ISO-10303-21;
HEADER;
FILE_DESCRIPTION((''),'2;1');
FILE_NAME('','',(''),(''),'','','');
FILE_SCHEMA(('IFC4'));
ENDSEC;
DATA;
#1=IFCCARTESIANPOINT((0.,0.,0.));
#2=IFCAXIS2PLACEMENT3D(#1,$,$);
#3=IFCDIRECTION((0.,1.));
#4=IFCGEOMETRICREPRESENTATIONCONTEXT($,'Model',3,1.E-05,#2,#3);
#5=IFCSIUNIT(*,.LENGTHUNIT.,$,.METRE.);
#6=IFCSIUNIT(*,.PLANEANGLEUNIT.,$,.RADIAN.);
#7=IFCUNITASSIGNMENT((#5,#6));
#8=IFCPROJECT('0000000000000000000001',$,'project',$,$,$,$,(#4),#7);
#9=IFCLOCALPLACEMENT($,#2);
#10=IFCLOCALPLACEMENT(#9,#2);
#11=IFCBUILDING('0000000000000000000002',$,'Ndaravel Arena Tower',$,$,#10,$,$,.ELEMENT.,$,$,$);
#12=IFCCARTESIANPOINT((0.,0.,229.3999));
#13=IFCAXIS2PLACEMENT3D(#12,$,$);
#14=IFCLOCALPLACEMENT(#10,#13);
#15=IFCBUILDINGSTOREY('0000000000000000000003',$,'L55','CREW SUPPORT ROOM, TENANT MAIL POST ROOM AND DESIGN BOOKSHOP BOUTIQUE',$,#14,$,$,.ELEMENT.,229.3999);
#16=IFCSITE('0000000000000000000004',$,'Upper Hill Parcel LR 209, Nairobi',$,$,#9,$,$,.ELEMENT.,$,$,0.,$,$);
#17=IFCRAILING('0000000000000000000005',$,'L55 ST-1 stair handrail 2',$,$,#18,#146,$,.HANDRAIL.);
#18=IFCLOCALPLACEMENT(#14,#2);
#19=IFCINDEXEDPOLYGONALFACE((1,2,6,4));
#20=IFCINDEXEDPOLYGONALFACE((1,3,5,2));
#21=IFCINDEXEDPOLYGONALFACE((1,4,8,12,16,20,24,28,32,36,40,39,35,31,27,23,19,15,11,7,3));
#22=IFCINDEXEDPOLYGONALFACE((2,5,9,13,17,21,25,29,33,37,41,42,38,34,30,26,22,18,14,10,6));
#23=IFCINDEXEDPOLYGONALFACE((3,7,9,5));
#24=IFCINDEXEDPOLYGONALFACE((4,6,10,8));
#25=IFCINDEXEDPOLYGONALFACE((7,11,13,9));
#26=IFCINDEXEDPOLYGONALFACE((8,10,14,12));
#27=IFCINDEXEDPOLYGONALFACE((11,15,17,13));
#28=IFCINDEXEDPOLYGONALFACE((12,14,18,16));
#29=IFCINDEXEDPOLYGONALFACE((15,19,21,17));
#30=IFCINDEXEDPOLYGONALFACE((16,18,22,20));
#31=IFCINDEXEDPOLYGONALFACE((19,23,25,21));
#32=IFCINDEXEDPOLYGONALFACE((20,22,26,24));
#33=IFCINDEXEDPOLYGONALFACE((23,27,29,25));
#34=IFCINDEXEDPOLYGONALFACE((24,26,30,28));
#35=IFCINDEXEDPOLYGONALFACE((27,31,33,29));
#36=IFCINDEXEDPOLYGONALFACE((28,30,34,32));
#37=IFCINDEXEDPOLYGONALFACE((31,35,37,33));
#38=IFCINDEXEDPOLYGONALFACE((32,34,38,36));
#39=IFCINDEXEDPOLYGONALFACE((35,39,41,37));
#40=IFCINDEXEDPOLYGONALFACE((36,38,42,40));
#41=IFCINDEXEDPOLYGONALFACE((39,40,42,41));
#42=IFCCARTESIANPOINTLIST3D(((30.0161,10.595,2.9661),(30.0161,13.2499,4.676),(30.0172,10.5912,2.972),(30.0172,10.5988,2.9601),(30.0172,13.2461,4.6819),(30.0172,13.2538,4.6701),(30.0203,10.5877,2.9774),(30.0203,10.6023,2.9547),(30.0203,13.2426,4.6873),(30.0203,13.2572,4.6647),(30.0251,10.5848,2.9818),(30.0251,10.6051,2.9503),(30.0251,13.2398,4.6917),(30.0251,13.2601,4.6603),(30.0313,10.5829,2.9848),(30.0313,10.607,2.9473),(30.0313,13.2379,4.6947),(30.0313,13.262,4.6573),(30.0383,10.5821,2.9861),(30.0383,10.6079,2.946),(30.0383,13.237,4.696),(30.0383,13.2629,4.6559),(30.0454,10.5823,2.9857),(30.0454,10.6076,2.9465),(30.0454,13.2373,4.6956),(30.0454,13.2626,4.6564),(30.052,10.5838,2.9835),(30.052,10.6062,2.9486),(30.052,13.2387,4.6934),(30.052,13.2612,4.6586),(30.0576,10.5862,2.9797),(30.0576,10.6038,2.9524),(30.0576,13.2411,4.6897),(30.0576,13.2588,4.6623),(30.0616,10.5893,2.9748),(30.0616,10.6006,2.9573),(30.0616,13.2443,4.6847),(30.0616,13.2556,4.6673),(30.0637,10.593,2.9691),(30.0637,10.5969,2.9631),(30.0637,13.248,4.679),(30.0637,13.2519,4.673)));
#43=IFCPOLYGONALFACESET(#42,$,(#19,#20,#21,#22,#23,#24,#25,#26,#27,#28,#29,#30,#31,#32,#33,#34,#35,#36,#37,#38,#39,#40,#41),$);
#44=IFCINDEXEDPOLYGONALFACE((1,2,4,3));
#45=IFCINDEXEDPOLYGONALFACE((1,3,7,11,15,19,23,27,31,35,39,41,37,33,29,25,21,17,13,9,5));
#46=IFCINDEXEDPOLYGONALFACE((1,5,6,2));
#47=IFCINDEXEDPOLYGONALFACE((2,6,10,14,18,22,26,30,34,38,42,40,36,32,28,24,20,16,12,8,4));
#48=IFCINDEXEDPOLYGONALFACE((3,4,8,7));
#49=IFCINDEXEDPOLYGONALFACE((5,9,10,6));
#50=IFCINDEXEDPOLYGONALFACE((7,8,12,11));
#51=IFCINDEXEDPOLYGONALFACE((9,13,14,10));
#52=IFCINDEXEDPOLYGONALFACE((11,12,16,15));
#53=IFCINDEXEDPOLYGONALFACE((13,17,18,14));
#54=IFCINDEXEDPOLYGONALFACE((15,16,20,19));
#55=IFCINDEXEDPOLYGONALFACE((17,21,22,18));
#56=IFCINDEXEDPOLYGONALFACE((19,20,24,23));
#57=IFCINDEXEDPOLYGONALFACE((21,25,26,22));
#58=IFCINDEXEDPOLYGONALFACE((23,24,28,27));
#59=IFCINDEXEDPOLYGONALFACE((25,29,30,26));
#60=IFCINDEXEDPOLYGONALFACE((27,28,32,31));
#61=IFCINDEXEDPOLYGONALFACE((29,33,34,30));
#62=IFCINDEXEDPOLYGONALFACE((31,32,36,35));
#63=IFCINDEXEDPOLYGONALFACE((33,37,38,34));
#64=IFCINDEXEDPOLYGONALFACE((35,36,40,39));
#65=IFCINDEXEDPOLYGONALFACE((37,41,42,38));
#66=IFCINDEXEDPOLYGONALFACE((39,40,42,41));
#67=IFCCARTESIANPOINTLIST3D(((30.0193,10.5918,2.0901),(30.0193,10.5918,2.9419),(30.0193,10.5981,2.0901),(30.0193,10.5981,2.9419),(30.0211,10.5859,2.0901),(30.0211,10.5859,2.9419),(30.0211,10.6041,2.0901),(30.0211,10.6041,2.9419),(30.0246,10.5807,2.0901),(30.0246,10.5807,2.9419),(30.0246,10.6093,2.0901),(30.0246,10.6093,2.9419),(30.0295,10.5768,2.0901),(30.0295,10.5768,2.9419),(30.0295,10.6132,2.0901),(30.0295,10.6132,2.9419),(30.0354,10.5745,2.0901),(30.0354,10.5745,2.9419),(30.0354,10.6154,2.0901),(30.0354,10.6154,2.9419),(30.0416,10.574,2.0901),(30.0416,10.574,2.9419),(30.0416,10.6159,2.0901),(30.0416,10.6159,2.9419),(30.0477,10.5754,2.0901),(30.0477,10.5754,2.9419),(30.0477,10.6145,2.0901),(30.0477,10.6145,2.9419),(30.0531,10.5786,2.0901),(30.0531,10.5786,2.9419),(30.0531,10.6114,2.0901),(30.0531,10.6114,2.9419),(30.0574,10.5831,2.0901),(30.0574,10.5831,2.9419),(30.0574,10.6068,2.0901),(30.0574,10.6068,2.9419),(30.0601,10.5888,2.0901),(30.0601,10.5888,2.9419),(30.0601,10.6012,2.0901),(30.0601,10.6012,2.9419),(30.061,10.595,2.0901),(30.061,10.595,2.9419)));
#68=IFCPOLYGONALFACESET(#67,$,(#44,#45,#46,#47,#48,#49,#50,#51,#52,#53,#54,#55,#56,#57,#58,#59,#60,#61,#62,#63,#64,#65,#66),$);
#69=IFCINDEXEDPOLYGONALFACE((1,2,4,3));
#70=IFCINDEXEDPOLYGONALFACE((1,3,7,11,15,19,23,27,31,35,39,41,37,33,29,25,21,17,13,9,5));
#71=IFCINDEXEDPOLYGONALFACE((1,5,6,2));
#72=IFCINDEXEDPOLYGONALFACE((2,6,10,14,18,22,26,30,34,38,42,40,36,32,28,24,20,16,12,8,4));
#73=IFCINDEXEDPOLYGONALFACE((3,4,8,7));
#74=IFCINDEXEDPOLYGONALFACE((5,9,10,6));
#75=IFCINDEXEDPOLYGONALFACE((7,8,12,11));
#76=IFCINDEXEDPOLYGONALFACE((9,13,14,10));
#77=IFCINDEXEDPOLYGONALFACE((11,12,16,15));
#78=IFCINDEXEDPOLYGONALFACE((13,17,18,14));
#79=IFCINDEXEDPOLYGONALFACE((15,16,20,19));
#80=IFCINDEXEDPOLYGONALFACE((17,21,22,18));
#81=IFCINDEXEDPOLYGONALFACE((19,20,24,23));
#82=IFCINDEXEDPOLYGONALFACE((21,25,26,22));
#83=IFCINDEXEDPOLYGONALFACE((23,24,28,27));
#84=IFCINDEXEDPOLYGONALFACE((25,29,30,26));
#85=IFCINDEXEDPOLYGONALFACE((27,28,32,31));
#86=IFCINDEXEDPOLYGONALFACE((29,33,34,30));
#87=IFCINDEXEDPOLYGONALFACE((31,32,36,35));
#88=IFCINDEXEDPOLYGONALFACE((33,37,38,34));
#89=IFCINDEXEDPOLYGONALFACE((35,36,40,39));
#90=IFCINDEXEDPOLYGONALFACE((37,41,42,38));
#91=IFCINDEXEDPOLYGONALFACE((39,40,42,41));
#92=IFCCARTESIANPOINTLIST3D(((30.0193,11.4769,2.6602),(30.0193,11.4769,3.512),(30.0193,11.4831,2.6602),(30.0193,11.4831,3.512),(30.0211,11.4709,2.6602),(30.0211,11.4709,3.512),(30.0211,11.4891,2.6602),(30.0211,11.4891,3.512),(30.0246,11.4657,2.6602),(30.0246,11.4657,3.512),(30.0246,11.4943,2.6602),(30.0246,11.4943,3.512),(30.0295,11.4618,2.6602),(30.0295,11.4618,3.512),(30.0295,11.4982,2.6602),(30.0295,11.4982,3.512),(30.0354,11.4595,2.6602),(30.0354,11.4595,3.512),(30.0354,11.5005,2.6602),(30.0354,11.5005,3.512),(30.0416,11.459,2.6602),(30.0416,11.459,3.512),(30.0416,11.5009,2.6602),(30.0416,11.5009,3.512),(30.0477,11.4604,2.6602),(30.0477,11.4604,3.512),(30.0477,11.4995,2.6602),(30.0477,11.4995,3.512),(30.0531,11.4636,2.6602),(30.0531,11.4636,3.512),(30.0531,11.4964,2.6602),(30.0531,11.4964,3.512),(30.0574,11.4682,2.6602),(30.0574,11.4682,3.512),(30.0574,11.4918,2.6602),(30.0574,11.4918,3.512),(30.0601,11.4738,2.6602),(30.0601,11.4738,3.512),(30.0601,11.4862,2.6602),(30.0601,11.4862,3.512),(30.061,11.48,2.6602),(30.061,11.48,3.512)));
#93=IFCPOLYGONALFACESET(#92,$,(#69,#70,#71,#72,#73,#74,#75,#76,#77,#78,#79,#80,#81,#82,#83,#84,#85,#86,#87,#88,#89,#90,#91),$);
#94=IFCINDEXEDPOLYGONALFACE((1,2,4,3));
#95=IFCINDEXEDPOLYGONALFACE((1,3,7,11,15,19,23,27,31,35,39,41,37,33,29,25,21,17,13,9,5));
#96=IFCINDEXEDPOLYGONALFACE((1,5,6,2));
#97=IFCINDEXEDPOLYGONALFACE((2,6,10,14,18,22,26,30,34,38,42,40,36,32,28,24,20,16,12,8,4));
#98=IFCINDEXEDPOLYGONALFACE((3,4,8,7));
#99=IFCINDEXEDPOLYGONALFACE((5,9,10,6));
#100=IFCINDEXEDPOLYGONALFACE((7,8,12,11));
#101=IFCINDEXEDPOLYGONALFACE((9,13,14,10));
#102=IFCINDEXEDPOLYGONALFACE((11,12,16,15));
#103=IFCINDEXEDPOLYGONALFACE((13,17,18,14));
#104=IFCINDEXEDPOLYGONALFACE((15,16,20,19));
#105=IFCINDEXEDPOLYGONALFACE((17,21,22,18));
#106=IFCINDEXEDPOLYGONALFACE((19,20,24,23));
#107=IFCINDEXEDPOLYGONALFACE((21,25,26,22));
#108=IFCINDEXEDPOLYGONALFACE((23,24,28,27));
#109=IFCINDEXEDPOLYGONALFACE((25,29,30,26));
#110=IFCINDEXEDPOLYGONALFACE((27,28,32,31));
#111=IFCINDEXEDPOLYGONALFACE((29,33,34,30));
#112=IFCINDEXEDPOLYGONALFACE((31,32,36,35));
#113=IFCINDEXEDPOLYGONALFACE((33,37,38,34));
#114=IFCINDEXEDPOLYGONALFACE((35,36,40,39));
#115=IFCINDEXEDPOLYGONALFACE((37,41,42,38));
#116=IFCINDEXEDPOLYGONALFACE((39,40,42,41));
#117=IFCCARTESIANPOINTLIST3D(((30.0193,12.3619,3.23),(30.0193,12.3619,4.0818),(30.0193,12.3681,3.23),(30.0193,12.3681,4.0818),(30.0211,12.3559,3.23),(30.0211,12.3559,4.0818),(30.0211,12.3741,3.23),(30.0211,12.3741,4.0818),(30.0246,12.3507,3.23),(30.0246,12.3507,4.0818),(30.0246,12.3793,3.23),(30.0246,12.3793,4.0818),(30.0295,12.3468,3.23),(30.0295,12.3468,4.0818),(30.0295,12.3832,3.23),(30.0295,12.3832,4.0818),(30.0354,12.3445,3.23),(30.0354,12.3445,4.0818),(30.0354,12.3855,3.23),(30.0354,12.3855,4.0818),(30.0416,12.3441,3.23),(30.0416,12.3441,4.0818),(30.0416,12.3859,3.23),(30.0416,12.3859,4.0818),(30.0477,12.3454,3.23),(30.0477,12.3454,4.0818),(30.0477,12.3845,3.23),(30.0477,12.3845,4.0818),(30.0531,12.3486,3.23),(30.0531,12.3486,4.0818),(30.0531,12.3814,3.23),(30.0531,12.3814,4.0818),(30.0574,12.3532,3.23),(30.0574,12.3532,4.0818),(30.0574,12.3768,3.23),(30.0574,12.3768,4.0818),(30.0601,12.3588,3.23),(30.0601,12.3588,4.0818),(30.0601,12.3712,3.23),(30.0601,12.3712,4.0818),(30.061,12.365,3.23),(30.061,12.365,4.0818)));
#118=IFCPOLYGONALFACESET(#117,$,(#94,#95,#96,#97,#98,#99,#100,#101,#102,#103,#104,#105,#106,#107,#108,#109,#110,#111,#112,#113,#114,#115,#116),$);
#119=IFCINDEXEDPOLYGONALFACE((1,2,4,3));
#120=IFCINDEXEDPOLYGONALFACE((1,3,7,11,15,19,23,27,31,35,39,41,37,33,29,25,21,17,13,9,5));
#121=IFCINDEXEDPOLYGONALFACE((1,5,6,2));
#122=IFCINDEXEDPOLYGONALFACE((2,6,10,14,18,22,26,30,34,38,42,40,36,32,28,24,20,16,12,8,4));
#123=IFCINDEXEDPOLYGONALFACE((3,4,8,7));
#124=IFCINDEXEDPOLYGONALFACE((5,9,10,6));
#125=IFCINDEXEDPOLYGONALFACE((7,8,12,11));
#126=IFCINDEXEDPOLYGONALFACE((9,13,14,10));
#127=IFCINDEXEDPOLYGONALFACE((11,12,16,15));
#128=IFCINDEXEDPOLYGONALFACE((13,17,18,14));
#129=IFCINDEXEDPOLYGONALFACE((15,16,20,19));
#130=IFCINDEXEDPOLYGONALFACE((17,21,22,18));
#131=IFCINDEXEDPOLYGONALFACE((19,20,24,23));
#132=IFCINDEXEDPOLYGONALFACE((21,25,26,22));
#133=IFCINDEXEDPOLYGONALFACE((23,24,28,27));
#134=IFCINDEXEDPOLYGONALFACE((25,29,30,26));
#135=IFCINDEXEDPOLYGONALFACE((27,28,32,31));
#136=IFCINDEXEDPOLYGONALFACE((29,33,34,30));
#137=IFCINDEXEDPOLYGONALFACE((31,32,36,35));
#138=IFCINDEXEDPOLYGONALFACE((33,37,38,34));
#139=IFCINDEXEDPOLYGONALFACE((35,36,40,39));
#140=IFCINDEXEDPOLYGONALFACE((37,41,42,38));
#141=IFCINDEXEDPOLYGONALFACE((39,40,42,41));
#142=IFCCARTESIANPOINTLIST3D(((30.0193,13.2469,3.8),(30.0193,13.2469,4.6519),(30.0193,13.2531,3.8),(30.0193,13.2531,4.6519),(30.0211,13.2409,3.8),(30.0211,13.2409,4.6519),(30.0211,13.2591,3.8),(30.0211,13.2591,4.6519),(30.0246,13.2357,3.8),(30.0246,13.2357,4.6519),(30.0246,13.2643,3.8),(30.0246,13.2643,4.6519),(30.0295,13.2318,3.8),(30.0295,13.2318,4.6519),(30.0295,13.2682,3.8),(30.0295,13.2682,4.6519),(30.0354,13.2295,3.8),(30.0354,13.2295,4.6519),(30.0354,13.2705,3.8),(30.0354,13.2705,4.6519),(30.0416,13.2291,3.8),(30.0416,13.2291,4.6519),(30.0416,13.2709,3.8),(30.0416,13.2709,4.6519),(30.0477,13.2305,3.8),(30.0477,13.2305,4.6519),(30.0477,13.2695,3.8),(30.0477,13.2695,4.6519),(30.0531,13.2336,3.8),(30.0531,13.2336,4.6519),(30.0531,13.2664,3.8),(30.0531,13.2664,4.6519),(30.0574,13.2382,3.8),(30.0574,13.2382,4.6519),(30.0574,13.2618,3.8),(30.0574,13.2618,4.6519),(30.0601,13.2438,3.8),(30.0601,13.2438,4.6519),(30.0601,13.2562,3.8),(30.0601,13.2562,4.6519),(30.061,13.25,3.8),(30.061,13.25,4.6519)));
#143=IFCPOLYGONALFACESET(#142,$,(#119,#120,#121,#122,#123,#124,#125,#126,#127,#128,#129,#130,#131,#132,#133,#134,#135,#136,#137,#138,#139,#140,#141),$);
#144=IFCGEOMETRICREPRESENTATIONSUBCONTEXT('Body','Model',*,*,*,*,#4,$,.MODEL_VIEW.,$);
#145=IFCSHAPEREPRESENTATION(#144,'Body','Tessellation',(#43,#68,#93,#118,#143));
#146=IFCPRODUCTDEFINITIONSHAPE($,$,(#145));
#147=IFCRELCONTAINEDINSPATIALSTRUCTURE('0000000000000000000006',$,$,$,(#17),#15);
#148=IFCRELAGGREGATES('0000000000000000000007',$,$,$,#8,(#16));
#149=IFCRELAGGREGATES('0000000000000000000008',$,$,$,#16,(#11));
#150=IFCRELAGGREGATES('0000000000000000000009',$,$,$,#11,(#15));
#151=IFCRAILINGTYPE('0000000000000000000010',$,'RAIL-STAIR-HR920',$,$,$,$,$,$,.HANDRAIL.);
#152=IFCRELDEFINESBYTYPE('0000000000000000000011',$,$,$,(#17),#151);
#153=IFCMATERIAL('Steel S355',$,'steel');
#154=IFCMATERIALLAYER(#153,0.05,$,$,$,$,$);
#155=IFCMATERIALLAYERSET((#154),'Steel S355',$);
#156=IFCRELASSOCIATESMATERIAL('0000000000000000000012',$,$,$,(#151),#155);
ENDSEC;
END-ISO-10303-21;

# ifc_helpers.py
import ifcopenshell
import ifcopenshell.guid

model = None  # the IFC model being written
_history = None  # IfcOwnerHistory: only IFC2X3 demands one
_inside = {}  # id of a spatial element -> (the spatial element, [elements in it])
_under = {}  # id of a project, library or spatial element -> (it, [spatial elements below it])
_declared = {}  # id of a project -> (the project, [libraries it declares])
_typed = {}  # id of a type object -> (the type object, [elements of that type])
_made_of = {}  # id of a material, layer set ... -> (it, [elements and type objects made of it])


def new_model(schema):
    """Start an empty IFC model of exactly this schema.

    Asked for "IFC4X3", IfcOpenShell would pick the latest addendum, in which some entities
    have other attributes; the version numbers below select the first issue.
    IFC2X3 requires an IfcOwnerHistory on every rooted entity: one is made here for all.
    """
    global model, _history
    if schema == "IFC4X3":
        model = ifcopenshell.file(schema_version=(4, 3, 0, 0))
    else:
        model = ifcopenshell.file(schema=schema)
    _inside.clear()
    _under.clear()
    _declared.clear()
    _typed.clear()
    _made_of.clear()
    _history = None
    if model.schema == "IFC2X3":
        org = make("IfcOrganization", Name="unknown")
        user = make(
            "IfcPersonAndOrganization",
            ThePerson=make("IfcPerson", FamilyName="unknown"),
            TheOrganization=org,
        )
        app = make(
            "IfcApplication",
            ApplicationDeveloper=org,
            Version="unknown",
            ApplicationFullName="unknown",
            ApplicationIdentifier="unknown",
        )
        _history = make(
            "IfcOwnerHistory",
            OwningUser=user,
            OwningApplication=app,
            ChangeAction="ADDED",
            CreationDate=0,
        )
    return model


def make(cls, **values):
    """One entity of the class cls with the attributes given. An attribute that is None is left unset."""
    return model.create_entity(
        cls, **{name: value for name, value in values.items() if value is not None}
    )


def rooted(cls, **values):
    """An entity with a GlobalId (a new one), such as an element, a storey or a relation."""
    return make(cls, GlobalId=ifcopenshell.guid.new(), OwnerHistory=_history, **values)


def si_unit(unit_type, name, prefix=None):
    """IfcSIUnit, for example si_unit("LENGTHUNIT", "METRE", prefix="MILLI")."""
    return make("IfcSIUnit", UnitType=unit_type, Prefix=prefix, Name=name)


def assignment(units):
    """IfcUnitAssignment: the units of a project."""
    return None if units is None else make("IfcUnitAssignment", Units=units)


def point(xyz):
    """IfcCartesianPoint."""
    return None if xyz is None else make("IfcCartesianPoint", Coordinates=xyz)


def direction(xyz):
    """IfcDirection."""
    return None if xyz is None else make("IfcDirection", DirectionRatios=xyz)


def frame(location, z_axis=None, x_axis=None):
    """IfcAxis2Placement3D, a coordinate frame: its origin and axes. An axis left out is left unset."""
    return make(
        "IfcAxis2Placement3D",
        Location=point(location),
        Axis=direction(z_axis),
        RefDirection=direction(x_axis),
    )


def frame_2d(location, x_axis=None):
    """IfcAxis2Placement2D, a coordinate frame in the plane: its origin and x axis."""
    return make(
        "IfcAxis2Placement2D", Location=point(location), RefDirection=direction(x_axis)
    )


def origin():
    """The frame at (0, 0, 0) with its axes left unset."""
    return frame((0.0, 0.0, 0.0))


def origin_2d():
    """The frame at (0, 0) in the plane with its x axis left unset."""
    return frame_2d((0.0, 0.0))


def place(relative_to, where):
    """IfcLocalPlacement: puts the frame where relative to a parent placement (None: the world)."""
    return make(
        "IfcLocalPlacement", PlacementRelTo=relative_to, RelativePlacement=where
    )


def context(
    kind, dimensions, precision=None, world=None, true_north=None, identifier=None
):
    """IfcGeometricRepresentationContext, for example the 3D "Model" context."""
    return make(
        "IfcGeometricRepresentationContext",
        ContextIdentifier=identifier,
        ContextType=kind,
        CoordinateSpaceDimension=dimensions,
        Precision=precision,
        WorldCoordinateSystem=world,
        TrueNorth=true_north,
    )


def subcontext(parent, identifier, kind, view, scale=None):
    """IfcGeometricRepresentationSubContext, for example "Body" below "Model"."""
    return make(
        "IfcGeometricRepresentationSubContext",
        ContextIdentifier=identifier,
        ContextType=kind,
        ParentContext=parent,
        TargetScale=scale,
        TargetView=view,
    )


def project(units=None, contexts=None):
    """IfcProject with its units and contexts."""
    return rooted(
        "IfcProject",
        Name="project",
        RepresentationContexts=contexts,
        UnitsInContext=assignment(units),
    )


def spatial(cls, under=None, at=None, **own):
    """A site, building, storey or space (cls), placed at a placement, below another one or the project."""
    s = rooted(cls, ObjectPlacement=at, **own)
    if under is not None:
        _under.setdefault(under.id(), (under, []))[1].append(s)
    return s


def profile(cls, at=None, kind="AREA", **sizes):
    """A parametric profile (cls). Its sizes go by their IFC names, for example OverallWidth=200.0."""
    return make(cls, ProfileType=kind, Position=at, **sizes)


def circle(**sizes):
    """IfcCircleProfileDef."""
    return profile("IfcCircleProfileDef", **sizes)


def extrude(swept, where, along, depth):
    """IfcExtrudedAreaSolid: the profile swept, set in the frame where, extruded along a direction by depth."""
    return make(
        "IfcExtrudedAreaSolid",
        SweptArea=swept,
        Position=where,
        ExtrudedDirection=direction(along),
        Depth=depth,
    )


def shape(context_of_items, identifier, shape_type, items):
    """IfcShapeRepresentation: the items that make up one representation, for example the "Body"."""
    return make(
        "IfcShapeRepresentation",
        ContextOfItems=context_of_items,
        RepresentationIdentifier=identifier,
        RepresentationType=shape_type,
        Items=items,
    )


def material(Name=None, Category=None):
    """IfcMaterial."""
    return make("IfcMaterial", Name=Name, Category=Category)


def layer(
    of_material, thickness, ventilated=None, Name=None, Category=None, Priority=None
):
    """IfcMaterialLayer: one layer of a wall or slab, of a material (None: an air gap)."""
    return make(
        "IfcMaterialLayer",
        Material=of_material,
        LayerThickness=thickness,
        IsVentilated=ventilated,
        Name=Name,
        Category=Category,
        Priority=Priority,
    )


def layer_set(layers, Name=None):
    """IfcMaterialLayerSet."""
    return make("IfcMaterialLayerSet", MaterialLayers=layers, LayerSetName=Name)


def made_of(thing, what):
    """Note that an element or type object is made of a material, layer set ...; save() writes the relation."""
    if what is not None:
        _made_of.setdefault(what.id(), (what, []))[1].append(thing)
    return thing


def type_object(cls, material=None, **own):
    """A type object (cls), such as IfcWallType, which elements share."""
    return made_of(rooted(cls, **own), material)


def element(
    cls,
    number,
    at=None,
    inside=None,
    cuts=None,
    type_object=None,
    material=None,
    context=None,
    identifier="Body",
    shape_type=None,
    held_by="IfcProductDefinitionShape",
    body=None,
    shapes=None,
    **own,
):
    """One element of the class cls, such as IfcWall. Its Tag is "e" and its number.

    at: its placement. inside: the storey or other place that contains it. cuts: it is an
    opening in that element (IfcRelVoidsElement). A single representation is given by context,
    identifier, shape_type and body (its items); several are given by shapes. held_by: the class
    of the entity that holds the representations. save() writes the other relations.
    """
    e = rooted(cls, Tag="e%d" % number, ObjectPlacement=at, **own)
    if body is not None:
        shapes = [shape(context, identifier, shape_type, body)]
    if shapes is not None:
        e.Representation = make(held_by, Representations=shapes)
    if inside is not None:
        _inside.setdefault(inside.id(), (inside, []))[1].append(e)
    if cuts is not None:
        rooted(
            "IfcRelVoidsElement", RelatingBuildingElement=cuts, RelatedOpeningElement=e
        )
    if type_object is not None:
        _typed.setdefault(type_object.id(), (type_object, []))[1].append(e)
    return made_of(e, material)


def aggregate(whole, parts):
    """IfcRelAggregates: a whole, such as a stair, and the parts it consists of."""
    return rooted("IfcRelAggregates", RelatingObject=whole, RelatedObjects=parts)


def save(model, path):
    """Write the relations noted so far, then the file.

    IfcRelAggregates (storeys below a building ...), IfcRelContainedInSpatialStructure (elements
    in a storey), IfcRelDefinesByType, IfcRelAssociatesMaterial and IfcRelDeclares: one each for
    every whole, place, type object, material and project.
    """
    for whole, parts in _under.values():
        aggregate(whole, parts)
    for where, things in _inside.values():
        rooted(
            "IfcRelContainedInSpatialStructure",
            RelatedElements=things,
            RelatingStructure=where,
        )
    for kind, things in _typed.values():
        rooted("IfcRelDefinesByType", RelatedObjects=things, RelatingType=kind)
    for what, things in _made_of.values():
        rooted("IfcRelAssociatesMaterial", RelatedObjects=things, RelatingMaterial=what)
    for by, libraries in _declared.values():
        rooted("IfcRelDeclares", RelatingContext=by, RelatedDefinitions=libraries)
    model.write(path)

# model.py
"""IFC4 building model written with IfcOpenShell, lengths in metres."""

from ifc_helpers import new_model, si_unit, direction, frame, origin, origin_2d, place, context, subcontext, project, spatial, circle, extrude, material, layer, layer_set, type_object, element, save


model = new_model("IFC4")

# Units and contexts
model_context = context("Model", 3, precision=1e-05, world=origin(), true_north=direction((0.0, 1.0)))
body_context = subcontext(model_context, "Body", "Model", "MODEL_VIEW")
ifc_project = project(units=[si_unit("LENGTHUNIT", "METRE"), si_unit("PLANEANGLEUNIT", "RADIAN")], contexts=[model_context])

# Site, building, storey
site_placement = place(None, origin())
site = spatial("IfcSite", under=ifc_project, at=site_placement, Name="Upper Hill Parcel LR 209, Nairobi", CompositionType="ELEMENT", RefElevation=0.0)
building_placement = place(site_placement, origin())
building = spatial("IfcBuilding", under=site, at=building_placement, Name="Ndaravel Arena Tower", CompositionType="ELEMENT")
storey_placement = place(building_placement, frame((0.0, 0.0, 229.3999)))
storey = spatial("IfcBuildingStorey", under=building, at=storey_placement, Name="L55", Description="CREW SUPPORT ROOM, TENANT MAIL POST ROOM AND DESIGN BOOKSHOP BOUTIQUE", CompositionType="ELEMENT", Elevation=229.3999)

# Railing
ifc_material_1 = material(Name="Steel S355", Category="steel")
ifc_layer_1 = layer(ifc_material_1, 0.05)
ifc_layer_set_1 = layer_set([ifc_layer_1], Name="Steel S355")
railing_type_1 = type_object("IfcRailingType", Name="RAIL-STAIR-HR920", PredefinedType="HANDRAIL", material=ifc_layer_set_1)
railing_1_placement = place(storey_placement, frame((30.04, 10.595, 2.0901)))
element("IfcRailing", 1, at=railing_1_placement, inside=storey, type_object=railing_type_1, Name="L55 ST-1 stair handrail 2", PredefinedType="HANDRAIL", context=body_context, shape_type="SweptSolid", body=[
    extrude(circle(Radius=0.0239, at=origin_2d()), frame((0.0, 0.0, 0.876), z_axis=(0.0, 0.840724, 0.541465), x_axis=(-1.0, 0.0, 0.0)), (0.0, 0.0, 1.0), 3.158),
    extrude(circle(Radius=0.021, at=origin_2d()), origin(), (0.0, 0.0, 1.0), 0.8518),
    extrude(circle(Radius=0.021, at=origin_2d()), frame((0.0, 0.885, 0.5701)), (0.0, 0.0, 1.0), 0.8518),
    extrude(circle(Radius=0.021, at=origin_2d()), frame((0.0, 1.77, 1.1399)), (0.0, 0.0, 1.0), 0.8518),
    extrude(circle(Radius=0.021, at=origin_2d()), frame((0.0, 2.655, 1.71)), (0.0, 0.0, 1.0), 0.8518),
])

save(model, "model.ifc")
